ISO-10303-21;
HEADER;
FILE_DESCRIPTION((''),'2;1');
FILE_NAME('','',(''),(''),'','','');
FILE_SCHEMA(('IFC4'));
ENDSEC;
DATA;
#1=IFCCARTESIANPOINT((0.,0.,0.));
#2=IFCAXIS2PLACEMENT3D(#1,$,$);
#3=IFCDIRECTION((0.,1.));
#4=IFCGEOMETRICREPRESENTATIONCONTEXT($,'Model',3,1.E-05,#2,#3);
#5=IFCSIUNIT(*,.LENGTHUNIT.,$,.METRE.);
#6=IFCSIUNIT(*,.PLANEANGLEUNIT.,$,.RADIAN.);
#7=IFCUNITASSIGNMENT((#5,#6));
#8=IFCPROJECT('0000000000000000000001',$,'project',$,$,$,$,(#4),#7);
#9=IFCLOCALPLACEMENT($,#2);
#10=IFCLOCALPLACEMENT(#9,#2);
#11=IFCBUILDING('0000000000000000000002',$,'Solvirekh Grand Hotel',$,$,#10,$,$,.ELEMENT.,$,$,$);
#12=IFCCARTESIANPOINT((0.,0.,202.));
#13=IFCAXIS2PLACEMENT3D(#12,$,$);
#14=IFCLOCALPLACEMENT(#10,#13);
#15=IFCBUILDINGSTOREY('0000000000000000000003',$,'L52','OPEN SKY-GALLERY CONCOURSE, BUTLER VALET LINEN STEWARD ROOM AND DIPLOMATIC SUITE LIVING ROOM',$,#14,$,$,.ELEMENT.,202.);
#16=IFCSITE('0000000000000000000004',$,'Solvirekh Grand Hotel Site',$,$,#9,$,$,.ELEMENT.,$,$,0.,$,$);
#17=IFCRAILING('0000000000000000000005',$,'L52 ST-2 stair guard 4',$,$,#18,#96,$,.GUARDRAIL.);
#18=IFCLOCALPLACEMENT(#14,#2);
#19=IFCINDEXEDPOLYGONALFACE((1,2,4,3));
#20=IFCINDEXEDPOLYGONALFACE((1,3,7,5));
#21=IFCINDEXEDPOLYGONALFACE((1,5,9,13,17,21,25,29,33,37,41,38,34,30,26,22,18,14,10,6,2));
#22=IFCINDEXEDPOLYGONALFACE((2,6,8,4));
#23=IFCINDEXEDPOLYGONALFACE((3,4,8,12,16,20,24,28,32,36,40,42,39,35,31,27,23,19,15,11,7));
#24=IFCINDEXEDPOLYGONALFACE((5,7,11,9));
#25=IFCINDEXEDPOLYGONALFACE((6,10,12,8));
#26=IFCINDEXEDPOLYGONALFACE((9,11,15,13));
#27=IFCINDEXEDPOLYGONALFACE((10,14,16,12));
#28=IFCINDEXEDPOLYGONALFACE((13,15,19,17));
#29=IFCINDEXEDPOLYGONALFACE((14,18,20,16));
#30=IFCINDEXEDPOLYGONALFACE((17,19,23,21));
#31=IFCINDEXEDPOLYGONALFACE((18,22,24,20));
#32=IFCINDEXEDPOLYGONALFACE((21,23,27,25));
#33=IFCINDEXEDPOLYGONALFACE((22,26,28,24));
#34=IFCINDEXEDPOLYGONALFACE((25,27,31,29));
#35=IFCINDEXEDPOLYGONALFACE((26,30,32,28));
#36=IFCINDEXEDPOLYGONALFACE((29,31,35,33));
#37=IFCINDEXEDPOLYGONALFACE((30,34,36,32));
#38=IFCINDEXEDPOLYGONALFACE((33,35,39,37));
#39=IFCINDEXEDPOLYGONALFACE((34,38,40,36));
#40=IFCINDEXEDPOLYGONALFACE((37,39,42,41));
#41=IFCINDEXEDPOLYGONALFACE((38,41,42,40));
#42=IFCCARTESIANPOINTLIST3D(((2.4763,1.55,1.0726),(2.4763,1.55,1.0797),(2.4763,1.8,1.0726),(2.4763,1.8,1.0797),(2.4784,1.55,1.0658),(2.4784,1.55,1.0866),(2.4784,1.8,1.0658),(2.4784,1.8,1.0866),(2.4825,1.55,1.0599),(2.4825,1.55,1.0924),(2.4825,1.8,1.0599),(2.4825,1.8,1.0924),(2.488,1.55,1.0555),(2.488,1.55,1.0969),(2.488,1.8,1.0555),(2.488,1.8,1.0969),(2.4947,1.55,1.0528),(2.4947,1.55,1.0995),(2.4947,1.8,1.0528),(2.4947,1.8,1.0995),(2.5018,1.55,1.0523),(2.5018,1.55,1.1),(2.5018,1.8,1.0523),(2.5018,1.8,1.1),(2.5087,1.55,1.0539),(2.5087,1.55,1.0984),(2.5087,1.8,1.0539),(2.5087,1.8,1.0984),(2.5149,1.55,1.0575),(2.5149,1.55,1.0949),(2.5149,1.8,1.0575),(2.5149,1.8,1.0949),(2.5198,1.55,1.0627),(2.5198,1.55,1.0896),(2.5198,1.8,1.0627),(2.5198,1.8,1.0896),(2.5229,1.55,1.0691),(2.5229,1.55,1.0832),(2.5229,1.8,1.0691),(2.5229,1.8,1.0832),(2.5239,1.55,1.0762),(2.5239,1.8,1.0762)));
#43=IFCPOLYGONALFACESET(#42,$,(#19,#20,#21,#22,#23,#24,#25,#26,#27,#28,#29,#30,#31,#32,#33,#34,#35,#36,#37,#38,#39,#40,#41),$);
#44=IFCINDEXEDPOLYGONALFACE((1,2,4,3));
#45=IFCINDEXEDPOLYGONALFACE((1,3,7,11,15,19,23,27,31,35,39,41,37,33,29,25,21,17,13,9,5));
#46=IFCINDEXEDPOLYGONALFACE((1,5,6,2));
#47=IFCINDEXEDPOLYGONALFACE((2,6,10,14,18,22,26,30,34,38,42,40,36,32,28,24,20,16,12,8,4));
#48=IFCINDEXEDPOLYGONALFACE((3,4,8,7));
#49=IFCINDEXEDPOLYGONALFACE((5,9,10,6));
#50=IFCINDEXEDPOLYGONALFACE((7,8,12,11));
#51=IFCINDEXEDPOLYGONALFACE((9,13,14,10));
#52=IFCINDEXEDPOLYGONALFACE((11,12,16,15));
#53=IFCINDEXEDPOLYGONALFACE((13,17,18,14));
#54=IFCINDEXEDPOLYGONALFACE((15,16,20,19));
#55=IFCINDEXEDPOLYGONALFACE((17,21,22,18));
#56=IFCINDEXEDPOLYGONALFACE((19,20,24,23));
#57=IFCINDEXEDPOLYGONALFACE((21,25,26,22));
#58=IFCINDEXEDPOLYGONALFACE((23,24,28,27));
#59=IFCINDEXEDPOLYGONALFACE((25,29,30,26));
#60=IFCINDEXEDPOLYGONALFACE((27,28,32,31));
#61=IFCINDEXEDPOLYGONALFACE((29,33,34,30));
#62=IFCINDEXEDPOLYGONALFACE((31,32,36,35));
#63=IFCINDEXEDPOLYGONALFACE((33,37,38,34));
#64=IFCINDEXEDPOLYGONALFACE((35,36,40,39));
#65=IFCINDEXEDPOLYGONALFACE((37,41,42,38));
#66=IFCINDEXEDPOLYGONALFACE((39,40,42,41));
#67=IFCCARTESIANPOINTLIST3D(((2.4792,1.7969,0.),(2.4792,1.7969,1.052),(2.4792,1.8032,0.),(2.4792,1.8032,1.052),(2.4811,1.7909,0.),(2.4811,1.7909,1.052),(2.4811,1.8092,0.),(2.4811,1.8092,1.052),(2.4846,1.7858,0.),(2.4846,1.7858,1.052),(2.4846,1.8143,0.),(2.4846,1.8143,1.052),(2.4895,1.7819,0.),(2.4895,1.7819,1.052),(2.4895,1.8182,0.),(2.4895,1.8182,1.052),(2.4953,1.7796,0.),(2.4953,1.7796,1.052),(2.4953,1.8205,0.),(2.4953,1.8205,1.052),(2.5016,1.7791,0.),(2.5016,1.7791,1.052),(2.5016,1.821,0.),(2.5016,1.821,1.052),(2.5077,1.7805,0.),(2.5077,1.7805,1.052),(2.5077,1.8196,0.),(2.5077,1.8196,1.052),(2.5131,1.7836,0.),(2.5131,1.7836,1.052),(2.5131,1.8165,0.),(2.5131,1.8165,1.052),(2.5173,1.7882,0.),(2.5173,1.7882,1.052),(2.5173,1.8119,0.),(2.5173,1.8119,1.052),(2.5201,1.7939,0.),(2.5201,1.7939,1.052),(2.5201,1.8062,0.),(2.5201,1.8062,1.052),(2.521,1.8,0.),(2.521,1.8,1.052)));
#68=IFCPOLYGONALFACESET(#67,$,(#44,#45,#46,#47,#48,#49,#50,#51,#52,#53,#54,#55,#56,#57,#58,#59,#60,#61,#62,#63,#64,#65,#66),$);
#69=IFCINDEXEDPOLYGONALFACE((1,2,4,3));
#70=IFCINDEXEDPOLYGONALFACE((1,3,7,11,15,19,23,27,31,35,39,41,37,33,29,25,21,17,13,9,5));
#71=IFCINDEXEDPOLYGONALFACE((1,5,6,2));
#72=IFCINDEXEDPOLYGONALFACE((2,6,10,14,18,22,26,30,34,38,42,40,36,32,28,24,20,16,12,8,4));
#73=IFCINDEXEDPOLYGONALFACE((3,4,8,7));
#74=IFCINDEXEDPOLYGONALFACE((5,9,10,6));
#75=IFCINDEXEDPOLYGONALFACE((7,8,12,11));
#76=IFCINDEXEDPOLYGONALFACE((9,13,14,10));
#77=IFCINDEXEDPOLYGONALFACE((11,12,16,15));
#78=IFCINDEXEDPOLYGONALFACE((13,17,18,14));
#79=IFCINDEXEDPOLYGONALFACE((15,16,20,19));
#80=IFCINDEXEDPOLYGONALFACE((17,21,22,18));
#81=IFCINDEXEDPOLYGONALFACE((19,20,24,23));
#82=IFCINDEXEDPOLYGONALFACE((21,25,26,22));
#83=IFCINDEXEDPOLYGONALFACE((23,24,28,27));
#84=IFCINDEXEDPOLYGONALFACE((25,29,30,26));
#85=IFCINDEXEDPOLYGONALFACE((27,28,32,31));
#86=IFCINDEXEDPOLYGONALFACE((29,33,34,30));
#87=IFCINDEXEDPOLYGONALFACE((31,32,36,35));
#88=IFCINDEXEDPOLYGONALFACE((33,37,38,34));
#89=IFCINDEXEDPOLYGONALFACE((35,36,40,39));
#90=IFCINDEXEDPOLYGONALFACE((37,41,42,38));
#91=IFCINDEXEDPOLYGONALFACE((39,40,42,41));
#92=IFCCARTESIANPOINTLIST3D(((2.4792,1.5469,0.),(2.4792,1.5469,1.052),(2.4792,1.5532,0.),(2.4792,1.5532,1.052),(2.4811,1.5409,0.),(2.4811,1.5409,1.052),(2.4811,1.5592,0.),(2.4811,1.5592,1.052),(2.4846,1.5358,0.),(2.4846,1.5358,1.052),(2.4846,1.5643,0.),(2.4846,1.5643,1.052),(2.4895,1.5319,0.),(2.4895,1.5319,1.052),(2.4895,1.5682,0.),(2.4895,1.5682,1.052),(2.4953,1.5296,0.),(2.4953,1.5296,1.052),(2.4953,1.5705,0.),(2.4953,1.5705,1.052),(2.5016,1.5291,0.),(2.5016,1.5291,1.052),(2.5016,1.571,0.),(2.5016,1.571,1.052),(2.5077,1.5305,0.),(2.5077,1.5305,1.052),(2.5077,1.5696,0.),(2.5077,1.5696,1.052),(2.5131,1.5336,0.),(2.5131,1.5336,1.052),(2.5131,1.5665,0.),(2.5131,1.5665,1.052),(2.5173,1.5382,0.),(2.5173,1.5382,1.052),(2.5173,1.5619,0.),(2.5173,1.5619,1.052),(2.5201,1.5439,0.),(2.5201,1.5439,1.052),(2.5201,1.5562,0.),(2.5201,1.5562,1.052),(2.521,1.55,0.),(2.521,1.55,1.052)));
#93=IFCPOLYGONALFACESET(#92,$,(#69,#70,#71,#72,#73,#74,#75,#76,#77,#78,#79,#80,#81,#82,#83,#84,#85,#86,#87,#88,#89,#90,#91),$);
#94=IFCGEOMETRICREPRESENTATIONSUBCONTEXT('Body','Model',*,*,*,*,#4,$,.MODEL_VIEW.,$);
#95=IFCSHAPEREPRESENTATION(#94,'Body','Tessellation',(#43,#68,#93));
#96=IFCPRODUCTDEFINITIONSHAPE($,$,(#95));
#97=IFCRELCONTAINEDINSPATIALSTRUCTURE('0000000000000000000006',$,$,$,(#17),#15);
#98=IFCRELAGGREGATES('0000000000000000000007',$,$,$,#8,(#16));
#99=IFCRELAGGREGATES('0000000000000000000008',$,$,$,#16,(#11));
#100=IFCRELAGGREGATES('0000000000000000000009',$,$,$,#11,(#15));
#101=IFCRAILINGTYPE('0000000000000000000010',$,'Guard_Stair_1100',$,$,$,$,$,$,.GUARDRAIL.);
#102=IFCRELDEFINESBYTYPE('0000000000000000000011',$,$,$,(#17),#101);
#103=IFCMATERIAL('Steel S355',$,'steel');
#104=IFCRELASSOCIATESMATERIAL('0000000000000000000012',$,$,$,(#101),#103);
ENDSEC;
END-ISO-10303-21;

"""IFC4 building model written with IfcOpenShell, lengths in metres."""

from ifc_helpers import new_model, si_unit, direction, frame, origin, origin_2d, place, context, subcontext, project, spatial, circle, extrude, material, type_object, element, save


model = new_model("IFC4")

# Units and contexts
model_context = context("Model", 3, precision=1e-05, world=origin(), true_north=direction((0.0, 1.0)))
body_context = subcontext(model_context, "Body", "Model", "MODEL_VIEW")
ifc_project = project(units=[si_unit("LENGTHUNIT", "METRE"), si_unit("PLANEANGLEUNIT", "RADIAN")], contexts=[model_context])

# Site, building, storey
site_placement = place(None, origin())
site = spatial("IfcSite", under=ifc_project, at=site_placement, Name="Solvirekh Grand Hotel Site", CompositionType="ELEMENT", RefElevation=0.0)
building_placement = place(site_placement, origin())
building = spatial("IfcBuilding", under=site, at=building_placement, Name="Solvirekh Grand Hotel", CompositionType="ELEMENT")
storey_placement = place(building_placement, frame((0.0, 0.0, 202.0)))
storey = spatial("IfcBuildingStorey", under=building, at=storey_placement, Name="L52", Description="OPEN SKY-GALLERY CONCOURSE, BUTLER VALET LINEN STEWARD ROOM AND DIPLOMATIC SUITE LIVING ROOM", CompositionType="ELEMENT", Elevation=202.0)

# Shared definitions
ifc_material_1 = material(Name="Steel S355", Category="steel")

# Railing
railing_type_1 = type_object("IfcRailingType", Name="Guard_Stair_1100", PredefinedType="GUARDRAIL", material=ifc_material_1)
railing_1_placement = place(storey_placement, frame((2.5, 1.8, 0.0)))
element("IfcRailing", 1, at=railing_1_placement, inside=storey, type_object=railing_type_1, Name="L52 ST-2 stair guard 4", PredefinedType="GUARDRAIL", context=body_context, shape_type="SweptSolid", body=[
    extrude(circle(Radius=0.0239, at=origin_2d()), frame((0.0, 0.0, 1.0762), z_axis=(0.0, -1.0, 0.0), x_axis=(1.0, 0.0, 0.0)), (0.0, 0.0, 1.0), 0.25),
    extrude(circle(Radius=0.021, at=origin_2d()), origin(), (0.0, 0.0, 1.0), 1.052),
    extrude(circle(Radius=0.021, at=origin_2d()), frame((0.0, -0.25, 0.0)), (0.0, 0.0, 1.0), 1.052),
])

save(model, "model.ifc")
